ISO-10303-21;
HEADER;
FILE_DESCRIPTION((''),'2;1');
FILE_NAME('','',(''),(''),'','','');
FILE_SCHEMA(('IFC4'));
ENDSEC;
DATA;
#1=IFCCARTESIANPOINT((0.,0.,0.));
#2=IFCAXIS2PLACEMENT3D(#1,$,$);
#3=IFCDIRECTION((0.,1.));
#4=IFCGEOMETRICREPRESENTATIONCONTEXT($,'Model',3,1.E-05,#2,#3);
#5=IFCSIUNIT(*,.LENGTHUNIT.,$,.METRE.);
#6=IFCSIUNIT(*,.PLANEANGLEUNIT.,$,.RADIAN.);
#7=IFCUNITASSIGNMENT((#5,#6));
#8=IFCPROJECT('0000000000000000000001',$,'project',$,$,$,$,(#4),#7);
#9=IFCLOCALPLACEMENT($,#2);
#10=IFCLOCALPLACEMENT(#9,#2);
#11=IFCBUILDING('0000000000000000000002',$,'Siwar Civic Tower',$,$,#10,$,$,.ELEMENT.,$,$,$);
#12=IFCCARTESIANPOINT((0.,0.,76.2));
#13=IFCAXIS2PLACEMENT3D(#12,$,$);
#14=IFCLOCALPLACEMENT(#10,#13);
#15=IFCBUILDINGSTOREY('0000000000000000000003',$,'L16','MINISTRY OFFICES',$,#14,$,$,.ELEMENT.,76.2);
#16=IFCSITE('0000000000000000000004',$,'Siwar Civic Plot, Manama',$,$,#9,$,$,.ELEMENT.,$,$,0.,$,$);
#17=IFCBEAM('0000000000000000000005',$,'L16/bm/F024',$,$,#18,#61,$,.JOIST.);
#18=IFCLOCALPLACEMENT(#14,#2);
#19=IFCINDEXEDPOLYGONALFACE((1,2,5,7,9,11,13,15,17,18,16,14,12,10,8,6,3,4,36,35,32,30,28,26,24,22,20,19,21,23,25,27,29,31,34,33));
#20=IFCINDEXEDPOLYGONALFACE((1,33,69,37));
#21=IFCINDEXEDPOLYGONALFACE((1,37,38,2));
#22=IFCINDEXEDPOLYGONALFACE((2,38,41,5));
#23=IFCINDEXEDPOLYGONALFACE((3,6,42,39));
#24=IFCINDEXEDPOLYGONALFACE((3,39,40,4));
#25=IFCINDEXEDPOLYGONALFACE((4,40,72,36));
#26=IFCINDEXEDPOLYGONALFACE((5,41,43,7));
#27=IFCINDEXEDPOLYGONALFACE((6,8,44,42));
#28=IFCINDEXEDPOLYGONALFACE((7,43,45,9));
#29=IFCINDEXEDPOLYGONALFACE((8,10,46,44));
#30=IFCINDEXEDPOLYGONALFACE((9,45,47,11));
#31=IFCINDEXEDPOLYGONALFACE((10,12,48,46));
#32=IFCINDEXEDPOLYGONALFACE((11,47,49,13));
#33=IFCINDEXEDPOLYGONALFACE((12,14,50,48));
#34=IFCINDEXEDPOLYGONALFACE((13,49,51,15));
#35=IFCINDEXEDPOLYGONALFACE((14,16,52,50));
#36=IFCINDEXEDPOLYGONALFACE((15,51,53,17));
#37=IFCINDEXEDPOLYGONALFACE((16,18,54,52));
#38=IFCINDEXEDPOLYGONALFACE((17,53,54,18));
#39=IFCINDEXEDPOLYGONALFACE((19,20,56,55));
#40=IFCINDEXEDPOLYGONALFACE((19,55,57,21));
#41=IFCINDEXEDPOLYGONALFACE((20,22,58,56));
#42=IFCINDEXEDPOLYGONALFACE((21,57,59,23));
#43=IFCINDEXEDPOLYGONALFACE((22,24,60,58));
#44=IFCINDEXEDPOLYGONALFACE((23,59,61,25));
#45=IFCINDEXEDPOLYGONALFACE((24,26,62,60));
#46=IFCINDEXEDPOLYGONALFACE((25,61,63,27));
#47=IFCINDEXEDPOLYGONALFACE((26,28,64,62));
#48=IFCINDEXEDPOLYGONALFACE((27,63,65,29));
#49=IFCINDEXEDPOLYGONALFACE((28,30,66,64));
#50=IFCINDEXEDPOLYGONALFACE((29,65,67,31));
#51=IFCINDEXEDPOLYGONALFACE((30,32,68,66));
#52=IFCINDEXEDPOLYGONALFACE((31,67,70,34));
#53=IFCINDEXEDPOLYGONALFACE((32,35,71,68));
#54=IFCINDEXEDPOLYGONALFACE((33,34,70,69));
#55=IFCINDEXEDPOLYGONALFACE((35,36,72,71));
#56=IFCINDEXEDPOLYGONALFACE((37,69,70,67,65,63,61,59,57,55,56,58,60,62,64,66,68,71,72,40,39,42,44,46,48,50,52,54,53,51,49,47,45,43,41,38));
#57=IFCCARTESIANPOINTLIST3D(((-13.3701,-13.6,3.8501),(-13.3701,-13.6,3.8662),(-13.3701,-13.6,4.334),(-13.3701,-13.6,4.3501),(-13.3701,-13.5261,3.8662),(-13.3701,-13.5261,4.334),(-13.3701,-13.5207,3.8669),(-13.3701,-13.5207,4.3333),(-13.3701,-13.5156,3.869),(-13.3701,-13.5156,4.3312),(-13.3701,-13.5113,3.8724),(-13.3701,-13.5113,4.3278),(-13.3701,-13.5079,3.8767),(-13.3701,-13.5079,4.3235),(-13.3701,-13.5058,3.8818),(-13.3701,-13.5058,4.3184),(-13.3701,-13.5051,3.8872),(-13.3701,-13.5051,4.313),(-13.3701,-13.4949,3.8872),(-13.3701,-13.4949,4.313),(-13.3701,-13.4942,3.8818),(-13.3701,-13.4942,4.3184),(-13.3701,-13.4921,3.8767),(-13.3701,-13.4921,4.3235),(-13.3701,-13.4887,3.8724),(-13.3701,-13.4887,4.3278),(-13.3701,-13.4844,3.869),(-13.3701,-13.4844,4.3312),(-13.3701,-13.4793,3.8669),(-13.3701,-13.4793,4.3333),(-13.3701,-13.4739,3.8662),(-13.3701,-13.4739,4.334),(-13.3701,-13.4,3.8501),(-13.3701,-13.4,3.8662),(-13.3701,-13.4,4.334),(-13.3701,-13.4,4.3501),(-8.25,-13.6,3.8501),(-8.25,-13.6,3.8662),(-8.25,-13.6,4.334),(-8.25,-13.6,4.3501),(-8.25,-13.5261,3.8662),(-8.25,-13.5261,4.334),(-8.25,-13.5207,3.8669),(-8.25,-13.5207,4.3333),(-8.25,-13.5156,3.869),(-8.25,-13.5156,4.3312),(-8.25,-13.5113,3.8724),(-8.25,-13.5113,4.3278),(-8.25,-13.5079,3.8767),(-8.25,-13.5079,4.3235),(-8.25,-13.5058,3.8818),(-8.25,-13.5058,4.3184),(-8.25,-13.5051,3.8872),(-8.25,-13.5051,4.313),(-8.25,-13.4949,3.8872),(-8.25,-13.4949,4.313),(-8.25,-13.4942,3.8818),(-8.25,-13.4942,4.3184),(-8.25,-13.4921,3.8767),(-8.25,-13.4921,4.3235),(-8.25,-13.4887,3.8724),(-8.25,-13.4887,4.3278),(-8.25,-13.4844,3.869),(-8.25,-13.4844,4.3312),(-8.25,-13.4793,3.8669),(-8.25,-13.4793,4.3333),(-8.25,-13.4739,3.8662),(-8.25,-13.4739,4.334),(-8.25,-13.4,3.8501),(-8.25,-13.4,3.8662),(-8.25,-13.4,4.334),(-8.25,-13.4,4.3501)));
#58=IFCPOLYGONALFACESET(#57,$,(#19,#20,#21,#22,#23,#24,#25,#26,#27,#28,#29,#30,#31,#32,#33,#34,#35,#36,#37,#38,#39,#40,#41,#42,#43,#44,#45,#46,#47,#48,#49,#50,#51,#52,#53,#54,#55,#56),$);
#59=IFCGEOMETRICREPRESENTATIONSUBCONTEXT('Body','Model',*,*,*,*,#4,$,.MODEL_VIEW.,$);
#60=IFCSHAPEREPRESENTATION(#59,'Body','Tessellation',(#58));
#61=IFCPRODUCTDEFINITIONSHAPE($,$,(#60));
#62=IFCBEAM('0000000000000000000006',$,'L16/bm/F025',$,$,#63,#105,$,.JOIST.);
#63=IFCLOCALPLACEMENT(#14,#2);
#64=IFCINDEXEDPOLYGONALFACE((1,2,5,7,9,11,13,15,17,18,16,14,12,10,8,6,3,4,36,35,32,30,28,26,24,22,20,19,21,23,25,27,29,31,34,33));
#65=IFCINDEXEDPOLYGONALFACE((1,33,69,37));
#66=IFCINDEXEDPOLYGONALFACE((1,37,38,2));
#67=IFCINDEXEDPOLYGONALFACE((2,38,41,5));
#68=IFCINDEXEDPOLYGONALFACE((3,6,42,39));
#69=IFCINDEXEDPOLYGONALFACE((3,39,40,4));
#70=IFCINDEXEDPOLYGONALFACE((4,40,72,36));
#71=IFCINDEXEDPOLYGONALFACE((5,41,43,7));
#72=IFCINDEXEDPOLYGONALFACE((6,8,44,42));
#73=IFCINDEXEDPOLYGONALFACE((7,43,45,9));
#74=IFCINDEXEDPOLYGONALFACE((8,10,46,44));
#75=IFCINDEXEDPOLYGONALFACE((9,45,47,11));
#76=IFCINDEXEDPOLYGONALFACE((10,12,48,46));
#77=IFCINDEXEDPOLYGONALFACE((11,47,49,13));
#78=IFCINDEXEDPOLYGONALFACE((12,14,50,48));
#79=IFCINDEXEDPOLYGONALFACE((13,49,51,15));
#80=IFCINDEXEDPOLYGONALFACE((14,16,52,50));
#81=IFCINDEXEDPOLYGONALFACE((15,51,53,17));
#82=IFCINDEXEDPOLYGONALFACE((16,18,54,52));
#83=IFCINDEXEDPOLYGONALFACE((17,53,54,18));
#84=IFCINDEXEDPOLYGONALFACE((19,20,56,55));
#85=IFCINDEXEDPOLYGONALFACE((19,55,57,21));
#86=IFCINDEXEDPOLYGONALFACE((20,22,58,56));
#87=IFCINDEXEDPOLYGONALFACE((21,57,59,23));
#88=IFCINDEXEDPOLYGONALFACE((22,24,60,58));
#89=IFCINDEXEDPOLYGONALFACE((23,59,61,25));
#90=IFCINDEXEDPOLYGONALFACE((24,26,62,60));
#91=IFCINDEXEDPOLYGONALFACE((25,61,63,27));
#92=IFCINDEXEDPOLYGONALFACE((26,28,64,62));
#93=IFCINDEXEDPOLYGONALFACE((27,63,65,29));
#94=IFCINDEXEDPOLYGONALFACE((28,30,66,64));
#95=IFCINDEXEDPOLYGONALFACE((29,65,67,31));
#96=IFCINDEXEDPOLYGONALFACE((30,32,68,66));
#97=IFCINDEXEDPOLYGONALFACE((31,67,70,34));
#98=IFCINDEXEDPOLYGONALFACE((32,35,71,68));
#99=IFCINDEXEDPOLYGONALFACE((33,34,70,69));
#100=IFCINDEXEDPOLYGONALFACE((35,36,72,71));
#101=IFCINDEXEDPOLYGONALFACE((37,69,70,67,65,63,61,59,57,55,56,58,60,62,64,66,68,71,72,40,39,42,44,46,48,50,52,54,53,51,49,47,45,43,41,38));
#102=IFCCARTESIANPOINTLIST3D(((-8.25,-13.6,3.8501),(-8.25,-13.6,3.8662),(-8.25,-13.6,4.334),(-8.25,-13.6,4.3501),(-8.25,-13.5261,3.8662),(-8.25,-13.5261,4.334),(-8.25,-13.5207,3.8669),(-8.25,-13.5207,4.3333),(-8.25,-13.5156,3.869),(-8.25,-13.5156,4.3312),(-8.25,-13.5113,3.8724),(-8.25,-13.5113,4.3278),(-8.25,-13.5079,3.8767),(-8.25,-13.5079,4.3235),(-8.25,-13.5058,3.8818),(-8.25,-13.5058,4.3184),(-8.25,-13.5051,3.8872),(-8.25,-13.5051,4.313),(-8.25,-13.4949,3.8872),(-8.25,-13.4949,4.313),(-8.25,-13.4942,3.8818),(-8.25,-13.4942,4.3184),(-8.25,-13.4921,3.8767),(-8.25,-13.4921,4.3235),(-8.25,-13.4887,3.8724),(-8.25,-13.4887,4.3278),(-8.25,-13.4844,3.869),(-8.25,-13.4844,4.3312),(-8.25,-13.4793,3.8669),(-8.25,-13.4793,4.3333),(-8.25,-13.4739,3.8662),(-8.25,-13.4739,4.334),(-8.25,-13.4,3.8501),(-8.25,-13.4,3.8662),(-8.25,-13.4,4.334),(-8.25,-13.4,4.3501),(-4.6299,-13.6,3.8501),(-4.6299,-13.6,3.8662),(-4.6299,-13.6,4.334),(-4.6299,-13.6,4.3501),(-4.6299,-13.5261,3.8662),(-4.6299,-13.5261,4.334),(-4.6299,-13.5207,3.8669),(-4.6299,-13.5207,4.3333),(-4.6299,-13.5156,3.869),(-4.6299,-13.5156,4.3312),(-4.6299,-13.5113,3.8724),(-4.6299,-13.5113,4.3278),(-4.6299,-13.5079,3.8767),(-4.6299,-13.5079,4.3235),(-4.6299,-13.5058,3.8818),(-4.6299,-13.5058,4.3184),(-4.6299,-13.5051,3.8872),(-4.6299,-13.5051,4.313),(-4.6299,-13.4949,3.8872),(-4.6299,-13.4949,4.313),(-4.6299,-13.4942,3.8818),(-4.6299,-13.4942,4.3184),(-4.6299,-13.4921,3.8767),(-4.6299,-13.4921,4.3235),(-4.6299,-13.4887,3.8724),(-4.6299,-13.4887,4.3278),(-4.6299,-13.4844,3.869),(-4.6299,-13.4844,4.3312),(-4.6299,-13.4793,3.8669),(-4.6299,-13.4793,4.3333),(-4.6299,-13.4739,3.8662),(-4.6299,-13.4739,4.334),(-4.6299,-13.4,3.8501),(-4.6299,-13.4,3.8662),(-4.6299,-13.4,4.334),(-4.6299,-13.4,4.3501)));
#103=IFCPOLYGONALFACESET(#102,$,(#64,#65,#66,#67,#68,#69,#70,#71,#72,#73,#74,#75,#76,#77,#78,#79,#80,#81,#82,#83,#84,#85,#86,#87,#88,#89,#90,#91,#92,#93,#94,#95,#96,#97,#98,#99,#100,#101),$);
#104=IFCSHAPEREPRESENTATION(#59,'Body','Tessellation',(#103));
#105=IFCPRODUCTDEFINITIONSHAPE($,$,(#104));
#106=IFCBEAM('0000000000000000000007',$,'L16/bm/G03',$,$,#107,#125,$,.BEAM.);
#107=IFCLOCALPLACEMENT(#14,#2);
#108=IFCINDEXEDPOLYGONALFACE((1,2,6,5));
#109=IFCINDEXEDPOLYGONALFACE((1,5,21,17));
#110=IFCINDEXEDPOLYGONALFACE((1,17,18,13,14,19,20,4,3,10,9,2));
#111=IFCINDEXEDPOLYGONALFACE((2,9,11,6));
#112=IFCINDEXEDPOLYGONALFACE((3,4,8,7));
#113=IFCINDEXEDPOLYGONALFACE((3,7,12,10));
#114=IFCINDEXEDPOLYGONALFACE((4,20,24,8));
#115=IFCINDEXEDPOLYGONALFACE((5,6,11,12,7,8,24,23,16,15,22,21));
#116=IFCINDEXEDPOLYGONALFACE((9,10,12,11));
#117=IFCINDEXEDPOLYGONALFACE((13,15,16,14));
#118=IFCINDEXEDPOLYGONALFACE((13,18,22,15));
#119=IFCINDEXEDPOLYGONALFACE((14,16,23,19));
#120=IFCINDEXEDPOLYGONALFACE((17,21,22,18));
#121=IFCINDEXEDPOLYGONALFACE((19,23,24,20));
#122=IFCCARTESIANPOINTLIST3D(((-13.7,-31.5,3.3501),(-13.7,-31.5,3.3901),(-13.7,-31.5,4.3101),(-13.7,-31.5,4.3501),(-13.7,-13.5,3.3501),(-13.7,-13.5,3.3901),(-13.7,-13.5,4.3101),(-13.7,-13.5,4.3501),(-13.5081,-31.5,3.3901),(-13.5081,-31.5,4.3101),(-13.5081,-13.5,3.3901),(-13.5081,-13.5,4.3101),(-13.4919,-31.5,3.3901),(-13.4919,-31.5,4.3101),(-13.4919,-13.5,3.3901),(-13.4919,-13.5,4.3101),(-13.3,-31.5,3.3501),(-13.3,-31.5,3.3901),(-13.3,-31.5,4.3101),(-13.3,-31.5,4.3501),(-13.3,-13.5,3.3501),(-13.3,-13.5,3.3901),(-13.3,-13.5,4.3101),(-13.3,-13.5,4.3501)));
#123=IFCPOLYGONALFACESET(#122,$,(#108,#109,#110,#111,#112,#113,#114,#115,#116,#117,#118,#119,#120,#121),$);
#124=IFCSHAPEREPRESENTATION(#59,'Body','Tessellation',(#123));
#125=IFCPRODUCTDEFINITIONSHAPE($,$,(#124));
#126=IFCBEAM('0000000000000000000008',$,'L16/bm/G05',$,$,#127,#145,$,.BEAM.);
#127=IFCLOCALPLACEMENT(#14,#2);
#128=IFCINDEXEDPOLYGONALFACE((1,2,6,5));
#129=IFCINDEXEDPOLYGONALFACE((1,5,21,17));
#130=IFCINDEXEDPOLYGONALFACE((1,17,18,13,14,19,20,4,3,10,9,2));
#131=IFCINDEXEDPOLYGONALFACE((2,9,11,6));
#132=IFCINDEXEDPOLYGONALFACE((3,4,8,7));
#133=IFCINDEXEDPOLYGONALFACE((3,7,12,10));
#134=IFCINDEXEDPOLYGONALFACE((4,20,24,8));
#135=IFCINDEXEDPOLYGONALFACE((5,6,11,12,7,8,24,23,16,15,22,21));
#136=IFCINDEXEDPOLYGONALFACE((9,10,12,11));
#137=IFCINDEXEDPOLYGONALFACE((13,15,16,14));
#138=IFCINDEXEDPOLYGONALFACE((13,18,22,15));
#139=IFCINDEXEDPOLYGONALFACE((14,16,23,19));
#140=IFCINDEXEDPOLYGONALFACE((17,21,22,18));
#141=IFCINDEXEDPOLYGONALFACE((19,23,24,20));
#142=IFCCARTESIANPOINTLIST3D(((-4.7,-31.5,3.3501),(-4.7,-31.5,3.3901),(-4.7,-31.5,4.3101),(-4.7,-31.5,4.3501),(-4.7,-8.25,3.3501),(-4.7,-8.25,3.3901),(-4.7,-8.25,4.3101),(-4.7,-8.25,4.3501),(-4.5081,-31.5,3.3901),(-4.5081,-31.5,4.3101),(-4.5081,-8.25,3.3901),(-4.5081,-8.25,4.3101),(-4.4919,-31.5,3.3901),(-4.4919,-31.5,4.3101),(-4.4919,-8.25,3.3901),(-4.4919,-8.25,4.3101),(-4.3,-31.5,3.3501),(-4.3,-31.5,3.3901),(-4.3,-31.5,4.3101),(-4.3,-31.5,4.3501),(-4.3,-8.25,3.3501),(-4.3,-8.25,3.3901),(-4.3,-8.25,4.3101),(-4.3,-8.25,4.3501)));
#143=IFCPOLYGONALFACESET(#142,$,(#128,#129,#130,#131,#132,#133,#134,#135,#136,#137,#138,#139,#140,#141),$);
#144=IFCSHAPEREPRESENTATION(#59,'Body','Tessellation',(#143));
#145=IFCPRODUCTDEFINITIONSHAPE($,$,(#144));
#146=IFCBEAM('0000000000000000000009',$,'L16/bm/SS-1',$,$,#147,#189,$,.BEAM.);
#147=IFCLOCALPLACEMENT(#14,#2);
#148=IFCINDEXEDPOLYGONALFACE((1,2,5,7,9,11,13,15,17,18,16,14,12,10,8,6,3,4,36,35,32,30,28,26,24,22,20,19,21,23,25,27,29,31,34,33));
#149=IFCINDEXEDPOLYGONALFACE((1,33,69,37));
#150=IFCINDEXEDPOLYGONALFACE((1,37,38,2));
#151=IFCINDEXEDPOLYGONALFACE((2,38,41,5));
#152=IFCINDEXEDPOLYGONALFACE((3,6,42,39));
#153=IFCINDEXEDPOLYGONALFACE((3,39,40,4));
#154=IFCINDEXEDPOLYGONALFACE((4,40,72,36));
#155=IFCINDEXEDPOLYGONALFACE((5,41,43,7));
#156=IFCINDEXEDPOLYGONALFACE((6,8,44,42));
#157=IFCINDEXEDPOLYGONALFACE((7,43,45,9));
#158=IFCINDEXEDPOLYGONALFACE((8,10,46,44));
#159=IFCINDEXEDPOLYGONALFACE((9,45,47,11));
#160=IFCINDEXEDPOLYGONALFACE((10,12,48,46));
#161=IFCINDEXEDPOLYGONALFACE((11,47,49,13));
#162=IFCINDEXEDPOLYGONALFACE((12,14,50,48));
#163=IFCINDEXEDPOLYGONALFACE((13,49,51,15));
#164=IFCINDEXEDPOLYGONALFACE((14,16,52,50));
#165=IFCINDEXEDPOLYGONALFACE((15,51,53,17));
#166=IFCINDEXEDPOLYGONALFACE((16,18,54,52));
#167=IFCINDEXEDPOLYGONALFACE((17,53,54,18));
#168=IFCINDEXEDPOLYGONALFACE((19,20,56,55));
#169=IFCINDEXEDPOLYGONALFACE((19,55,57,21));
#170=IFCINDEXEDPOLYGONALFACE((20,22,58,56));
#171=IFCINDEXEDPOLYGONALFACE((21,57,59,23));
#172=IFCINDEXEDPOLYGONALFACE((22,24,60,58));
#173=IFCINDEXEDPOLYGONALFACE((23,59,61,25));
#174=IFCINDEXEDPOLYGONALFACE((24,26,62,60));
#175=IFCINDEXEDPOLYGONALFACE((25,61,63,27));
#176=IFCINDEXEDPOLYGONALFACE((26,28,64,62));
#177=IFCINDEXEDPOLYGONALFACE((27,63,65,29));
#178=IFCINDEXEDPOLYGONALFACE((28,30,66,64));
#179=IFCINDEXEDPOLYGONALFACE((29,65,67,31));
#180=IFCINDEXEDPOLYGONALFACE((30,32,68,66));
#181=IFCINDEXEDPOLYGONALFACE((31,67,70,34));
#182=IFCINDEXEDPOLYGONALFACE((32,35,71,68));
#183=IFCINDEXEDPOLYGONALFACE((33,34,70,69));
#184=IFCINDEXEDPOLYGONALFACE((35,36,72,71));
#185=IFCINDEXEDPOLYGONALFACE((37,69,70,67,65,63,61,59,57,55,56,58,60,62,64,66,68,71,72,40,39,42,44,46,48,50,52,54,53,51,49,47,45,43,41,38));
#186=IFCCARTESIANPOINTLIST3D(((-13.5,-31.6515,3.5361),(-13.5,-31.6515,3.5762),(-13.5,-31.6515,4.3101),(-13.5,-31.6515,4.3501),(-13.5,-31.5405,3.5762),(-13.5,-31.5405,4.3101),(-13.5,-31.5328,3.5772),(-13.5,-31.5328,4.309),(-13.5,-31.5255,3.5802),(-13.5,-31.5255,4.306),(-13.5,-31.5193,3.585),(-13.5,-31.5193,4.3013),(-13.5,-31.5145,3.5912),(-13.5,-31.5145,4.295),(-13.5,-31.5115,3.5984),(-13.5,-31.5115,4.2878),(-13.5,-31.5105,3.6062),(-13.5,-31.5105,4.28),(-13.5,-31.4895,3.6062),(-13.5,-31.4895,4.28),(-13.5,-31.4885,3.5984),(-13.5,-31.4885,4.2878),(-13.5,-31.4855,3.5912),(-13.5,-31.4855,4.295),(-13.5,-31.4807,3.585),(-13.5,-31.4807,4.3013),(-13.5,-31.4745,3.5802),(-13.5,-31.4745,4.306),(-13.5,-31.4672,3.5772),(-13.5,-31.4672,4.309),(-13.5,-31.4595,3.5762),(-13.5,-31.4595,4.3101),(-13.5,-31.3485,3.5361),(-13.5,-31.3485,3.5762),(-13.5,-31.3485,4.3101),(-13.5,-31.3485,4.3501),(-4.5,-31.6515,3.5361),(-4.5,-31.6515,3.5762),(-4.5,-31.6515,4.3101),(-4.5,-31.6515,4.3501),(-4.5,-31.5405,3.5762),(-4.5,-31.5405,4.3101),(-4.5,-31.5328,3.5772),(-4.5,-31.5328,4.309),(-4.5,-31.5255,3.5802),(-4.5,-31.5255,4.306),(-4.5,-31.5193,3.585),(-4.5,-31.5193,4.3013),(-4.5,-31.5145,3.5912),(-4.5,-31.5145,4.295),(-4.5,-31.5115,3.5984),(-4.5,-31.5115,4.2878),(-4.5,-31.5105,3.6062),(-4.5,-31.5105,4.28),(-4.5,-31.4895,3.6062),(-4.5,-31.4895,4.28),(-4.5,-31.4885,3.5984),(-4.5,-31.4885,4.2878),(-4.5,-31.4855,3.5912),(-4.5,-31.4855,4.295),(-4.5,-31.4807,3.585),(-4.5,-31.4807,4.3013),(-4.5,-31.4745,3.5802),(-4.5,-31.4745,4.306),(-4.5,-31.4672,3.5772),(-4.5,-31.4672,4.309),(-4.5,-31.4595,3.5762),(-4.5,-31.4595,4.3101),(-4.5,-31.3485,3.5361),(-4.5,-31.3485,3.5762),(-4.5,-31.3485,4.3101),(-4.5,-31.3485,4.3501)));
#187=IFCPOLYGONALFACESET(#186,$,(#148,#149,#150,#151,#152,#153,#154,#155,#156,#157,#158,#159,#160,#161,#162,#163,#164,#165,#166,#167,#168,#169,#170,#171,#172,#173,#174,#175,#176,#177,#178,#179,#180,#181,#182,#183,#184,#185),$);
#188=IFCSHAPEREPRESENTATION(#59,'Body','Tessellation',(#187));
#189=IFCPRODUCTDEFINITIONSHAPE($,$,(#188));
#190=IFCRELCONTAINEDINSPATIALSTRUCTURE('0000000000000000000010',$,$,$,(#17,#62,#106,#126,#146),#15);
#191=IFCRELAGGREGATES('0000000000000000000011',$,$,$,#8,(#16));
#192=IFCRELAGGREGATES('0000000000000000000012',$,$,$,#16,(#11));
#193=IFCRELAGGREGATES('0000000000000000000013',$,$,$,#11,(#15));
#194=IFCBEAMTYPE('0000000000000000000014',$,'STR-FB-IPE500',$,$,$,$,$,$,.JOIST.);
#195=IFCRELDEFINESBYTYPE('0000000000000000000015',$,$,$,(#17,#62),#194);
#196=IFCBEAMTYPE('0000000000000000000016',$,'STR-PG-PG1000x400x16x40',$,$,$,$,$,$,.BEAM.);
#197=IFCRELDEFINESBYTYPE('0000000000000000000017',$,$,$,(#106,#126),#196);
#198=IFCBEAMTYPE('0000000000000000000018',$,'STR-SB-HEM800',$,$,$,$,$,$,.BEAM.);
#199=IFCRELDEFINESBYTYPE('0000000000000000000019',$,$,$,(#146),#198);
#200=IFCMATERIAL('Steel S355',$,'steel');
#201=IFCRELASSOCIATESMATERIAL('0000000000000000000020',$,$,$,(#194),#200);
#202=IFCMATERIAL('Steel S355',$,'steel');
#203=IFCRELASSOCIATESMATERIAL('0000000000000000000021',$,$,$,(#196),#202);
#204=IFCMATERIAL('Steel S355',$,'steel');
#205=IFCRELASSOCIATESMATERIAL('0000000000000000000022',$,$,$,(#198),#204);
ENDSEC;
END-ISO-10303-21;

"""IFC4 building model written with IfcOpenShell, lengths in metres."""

from ifc_helpers import new_model, si_unit, direction, frame, origin, origin_2d, place, context, subcontext, project, spatial, i_section, extrude, material, material_profile, profile_set, type_object, element, save


model = new_model("IFC4")

# Units and contexts
model_context = context("Model", 3, precision=1e-05, world=origin(), true_north=direction((0.0, 1.0)))
body_context = subcontext(model_context, "Body", "Model", "MODEL_VIEW")
ifc_project = project(units=[si_unit("LENGTHUNIT", "METRE"), si_unit("PLANEANGLEUNIT", "RADIAN")], contexts=[model_context])

# Site, building, storey
site_placement = place(None, origin())
site = spatial("IfcSite", under=ifc_project, at=site_placement, Name="Siwar Civic Plot, Manama", CompositionType="ELEMENT", RefElevation=0.0)
building_placement = place(site_placement, origin())
building = spatial("IfcBuilding", under=site, at=building_placement, Name="Siwar Civic Tower", CompositionType="ELEMENT")
storey_placement = place(building_placement, frame((0.0, 0.0, 76.2)))
storey = spatial("IfcBuildingStorey", under=building, at=storey_placement, Name="L16", Description="MINISTRY OFFICES", CompositionType="ELEMENT", Elevation=76.2)

# Beams
ifc_material_1 = material(Name="Steel S355", Category="steel")
ifc_material_profile_1 = material_profile(ifc_material_1, i_section(OverallWidth=0.2, OverallDepth=0.5, WebThickness=0.0103, FlangeThickness=0.0161, FilletRadius=0.021, at=origin_2d()), Name="IPE500")
ifc_profile_set_1 = profile_set([ifc_material_profile_1], Name="Steel S355")
beam_type_1 = type_object("IfcBeamType", Name="STR-FB-IPE500", PredefinedType="JOIST", material=ifc_profile_set_1)
beam_1_placement = place(storey_placement, frame((-13.3701, -13.5, 4.1001), z_axis=(1.0, 0.0, 0.0), x_axis=(0.0, 1.0, 0.0)))
element("IfcBeam", 1, at=beam_1_placement, inside=storey, type_object=beam_type_1, Name="L16/bm/F024", PredefinedType="JOIST", context=body_context, shape_type="SweptSolid", body=[
    extrude(i_section(OverallWidth=0.2, OverallDepth=0.5, WebThickness=0.0103, FlangeThickness=0.0161, FilletRadius=0.021, at=origin_2d()), origin(), (0.0, 0.0, 1.0), 5.1201),
])
beam_2_placement = place(storey_placement, frame((-8.25, -13.5, 4.1001), z_axis=(1.0, 0.0, 0.0), x_axis=(0.0, 1.0, 0.0)))
element("IfcBeam", 2, at=beam_2_placement, inside=storey, type_object=beam_type_1, Name="L16/bm/F025", PredefinedType="JOIST", context=body_context, shape_type="SweptSolid", body=[
    extrude(i_section(OverallWidth=0.2, OverallDepth=0.5, WebThickness=0.0103, FlangeThickness=0.0161, FilletRadius=0.021, at=origin_2d()), origin(), (0.0, 0.0, 1.0), 3.6201),
])
ifc_material_2 = material(Name="Steel S355", Category="steel")
ifc_material_profile_2 = material_profile(ifc_material_2, i_section(OverallWidth=0.3999, OverallDepth=1.0, WebThickness=0.0161, FlangeThickness=0.04, at=origin_2d()), Name="PG1000x400x16x40")
ifc_profile_set_2 = profile_set([ifc_material_profile_2], Name="Steel S355")
beam_type_2 = type_object("IfcBeamType", Name="STR-PG-PG1000x400x16x40", PredefinedType="BEAM", material=ifc_profile_set_2)
beam_3_placement = place(storey_placement, frame((-13.5, -31.5, 3.8501), z_axis=(0.0, 1.0, 0.0), x_axis=(-1.0, 0.0, 0.0)))
element("IfcBeam", 3, at=beam_3_placement, inside=storey, type_object=beam_type_2, Name="L16/bm/G03", PredefinedType="BEAM", context=body_context, shape_type="SweptSolid", body=[
    extrude(i_section(OverallWidth=0.3999, OverallDepth=1.0, WebThickness=0.0161, FlangeThickness=0.04, at=origin_2d()), origin(), (0.0, 0.0, 1.0), 18.0),
])
beam_4_placement = place(storey_placement, frame((-4.5, -31.5, 3.8501), z_axis=(0.0, 1.0, 0.0), x_axis=(-1.0, 0.0, 0.0)))
element("IfcBeam", 4, at=beam_4_placement, inside=storey, type_object=beam_type_2, Name="L16/bm/G05", PredefinedType="BEAM", context=body_context, shape_type="SweptSolid", body=[
    extrude(i_section(OverallWidth=0.3999, OverallDepth=1.0, WebThickness=0.0161, FlangeThickness=0.04, at=origin_2d()), origin(), (0.0, 0.0, 1.0), 23.25),
])
ifc_material_3 = material(Name="Steel S355", Category="steel")
ifc_material_profile_3 = material_profile(ifc_material_3, i_section(OverallWidth=0.303, OverallDepth=0.814, WebThickness=0.021, FlangeThickness=0.04, FilletRadius=0.03, at=origin_2d()), Name="HEM800")
ifc_profile_set_3 = profile_set([ifc_material_profile_3], Name="Steel S355")
beam_type_3 = type_object("IfcBeamType", Name="STR-SB-HEM800", PredefinedType="BEAM", material=ifc_profile_set_3)
for number, where, z_axis, x_axis, name in (
    (5, (-13.5, -31.5, 3.9431), (1.0, 0.0, 0.0), (0.0, 1.0, 0.0), "L16/bm/SS-1"),
):
    element("IfcBeam", number, at=place(storey_placement, frame(where, z_axis=z_axis, x_axis=x_axis)), inside=storey, type_object=beam_type_3, Name=name, PredefinedType="BEAM", context=body_context, shape_type="SweptSolid", body=[
        extrude(i_section(OverallWidth=0.303, OverallDepth=0.814, WebThickness=0.021, FlangeThickness=0.04, FilletRadius=0.03, at=origin_2d()), origin(), (0.0, 0.0, 1.0), 9.0),
    ])

save(model, "model.ifc")
